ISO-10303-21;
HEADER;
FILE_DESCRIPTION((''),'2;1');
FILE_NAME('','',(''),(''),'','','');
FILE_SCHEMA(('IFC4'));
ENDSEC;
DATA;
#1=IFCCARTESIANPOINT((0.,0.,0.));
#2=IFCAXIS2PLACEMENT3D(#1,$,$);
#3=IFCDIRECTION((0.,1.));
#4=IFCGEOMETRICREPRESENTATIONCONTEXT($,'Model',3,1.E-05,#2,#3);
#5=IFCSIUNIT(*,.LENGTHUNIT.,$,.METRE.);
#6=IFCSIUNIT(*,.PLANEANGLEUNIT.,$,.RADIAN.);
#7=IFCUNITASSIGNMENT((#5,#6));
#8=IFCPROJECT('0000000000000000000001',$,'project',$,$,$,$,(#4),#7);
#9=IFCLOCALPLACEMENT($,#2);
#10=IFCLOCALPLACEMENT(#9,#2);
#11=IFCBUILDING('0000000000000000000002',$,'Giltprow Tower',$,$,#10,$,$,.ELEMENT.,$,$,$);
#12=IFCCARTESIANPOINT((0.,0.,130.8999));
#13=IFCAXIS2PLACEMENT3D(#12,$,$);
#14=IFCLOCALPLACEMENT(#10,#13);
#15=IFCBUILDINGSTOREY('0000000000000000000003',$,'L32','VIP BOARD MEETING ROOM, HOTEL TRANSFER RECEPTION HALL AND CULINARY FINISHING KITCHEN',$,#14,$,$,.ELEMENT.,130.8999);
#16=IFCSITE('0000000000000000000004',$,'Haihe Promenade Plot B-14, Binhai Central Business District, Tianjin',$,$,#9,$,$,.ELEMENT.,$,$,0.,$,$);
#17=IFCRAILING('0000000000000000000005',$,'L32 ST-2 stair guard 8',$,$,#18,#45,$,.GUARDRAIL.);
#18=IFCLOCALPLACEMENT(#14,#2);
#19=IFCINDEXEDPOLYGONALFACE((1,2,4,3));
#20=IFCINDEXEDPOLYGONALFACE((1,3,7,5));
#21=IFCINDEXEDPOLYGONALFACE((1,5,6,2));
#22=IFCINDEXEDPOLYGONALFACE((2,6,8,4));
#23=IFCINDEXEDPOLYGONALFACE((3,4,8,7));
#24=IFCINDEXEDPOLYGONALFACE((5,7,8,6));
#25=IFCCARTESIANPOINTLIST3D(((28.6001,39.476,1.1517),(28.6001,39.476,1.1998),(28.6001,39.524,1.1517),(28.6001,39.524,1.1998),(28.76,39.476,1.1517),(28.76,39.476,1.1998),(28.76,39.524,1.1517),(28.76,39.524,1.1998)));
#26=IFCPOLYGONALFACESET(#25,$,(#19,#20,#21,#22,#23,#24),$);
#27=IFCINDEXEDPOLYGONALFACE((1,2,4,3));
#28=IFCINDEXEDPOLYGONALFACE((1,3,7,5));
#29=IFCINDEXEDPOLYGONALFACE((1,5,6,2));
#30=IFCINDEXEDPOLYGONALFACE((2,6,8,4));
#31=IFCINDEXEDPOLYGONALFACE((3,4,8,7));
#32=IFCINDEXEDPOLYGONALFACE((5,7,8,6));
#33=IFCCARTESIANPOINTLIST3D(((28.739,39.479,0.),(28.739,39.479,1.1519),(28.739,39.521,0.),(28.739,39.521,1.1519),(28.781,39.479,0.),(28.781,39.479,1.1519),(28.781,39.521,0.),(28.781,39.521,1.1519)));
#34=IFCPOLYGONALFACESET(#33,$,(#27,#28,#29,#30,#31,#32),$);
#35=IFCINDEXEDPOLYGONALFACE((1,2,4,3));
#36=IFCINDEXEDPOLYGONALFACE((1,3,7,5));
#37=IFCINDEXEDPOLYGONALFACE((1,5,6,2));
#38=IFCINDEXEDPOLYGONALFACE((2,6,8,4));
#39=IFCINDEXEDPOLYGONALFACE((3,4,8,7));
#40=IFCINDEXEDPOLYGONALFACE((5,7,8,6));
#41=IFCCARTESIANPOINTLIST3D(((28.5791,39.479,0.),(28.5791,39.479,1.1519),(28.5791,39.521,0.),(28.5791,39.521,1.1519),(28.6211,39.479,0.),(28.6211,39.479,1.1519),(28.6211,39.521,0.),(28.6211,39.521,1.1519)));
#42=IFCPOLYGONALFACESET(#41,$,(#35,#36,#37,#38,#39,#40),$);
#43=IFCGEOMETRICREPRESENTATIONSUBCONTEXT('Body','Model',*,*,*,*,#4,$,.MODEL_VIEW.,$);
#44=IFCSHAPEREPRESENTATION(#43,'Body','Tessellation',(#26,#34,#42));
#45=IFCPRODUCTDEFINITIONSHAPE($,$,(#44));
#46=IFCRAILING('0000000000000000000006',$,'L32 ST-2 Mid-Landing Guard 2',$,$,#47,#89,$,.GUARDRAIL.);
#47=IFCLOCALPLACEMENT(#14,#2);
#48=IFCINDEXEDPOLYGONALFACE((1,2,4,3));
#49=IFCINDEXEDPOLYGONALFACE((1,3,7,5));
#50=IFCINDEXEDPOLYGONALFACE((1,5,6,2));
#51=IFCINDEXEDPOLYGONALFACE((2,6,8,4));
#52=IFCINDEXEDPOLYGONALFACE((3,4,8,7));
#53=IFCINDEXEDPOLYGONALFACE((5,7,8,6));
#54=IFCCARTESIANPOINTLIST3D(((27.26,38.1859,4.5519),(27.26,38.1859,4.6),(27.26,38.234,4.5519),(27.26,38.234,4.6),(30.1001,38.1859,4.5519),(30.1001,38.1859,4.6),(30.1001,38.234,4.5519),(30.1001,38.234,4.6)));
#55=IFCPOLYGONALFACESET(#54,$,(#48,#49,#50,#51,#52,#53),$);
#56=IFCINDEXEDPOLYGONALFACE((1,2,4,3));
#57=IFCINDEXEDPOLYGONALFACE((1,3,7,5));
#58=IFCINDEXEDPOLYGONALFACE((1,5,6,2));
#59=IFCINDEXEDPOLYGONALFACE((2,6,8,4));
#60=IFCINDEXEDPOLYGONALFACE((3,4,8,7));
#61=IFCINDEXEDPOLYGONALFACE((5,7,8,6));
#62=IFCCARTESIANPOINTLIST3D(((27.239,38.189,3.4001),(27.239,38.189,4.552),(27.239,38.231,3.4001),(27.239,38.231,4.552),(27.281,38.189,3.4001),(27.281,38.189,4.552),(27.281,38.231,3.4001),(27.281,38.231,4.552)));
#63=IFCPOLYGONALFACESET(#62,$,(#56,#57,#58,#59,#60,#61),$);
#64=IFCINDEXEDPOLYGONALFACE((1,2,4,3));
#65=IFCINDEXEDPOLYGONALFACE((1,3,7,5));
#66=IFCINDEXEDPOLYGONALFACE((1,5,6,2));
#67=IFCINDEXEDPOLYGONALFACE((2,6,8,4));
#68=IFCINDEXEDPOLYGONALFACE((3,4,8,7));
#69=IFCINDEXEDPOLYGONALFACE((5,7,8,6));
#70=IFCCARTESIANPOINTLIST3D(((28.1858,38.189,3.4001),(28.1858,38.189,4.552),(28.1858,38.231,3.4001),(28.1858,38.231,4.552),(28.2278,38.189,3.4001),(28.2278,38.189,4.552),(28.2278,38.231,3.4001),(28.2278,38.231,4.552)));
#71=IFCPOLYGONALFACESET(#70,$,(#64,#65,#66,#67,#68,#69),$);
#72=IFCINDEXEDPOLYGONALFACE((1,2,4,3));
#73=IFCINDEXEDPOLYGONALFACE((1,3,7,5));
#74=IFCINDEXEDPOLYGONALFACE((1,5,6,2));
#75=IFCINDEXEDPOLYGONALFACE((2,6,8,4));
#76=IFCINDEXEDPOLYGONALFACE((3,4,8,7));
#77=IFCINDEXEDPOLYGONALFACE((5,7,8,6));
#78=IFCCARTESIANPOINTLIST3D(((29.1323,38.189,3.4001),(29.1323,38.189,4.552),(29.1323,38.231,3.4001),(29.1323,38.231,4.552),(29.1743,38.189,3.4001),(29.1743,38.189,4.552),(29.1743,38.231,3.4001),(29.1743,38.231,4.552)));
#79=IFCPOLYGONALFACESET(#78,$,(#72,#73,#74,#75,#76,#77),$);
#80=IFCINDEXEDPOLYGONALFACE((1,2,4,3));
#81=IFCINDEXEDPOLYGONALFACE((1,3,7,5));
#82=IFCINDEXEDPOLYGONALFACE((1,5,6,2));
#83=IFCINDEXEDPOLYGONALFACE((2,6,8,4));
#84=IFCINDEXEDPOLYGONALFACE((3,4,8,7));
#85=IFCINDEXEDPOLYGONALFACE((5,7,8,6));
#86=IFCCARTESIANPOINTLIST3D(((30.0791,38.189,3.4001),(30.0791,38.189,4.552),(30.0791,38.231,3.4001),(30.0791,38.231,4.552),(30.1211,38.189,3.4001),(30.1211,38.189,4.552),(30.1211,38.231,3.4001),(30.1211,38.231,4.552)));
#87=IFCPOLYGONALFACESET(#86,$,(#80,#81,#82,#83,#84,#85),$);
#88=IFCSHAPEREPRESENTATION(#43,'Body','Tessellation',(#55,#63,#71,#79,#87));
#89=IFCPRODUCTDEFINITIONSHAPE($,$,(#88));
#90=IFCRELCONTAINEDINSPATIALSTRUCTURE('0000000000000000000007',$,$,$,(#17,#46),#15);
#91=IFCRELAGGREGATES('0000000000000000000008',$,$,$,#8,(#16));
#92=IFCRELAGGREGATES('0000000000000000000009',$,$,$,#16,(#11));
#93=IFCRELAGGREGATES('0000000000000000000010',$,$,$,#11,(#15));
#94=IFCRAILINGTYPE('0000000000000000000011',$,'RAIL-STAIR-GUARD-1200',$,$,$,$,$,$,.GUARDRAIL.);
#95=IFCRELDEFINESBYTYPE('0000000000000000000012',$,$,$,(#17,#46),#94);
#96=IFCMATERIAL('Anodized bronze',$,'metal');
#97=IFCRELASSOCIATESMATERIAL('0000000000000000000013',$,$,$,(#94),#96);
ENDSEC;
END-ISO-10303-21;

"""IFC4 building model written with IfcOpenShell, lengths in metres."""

from ifc_helpers import new_model, si_unit, direction, frame, origin, origin_2d, place, context, subcontext, project, spatial, rectangle, extrude, material, type_object, element, save


model = new_model("IFC4")

# Units and contexts
model_context = context("Model", 3, precision=1e-05, world=origin(), true_north=direction((0.0, 1.0)))
body_context = subcontext(model_context, "Body", "Model", "MODEL_VIEW")
ifc_project = project(units=[si_unit("LENGTHUNIT", "METRE"), si_unit("PLANEANGLEUNIT", "RADIAN")], contexts=[model_context])

# Site, building, storey
site_placement = place(None, origin())
site = spatial("IfcSite", under=ifc_project, at=site_placement, Name="Haihe Promenade Plot B-14, Binhai Central Business District, Tianjin", CompositionType="ELEMENT", RefElevation=0.0)
building_placement = place(site_placement, origin())
building = spatial("IfcBuilding", under=site, at=building_placement, Name="Giltprow Tower", CompositionType="ELEMENT")
storey_placement = place(building_placement, frame((0.0, 0.0, 130.8999)))
storey = spatial("IfcBuildingStorey", under=building, at=storey_placement, Name="L32", Description="VIP BOARD MEETING ROOM, HOTEL TRANSFER RECEPTION HALL AND CULINARY FINISHING KITCHEN", CompositionType="ELEMENT", Elevation=130.8999)

# Railings
ifc_material_1 = material(Name="Anodized bronze", Category="metal")
railing_type = type_object("IfcRailingType", Name="RAIL-STAIR-GUARD-1200", PredefinedType="GUARDRAIL", material=ifc_material_1)
for number, where, name in (
    (1, (28.76, 39.5, 0.0), "L32 ST-2 stair guard 8"),
):
    element("IfcRailing", number, at=place(storey_placement, frame(where)), inside=storey, type_object=railing_type, Name=name, PredefinedType="GUARDRAIL", context=body_context, shape_type="SweptSolid", body=[
        extrude(rectangle(XDim=0.0481, YDim=0.0481, at=origin_2d()), frame((0.0, 0.0, 1.1758), z_axis=(-1.0, 0.0, 0.0), x_axis=(0.0, -1.0, 0.0)), (0.0, 0.0, 1.0), 0.1599),
        extrude(rectangle(XDim=0.042, YDim=0.042, at=origin_2d()), origin(), (0.0, 0.0, 1.0), 1.1519),
        extrude(rectangle(XDim=0.042, YDim=0.042, at=origin_2d()), frame((-0.1599, 0.0, 0.0)), (0.0, 0.0, 1.0), 1.1519),
    ])
railing_1_placement = place(storey_placement, frame((27.26, 38.21, 3.4001)))
element("IfcRailing", 2, at=railing_1_placement, inside=storey, type_object=railing_type, Name="L32 ST-2 Mid-Landing Guard 2", PredefinedType="GUARDRAIL", context=body_context, shape_type="SweptSolid", body=[
    extrude(rectangle(XDim=0.0481, YDim=0.0481, at=origin_2d()), frame((0.0, 0.0, 1.1758), z_axis=(1.0, 0.0, 0.0), x_axis=(0.0, 1.0, 0.0)), (0.0, 0.0, 1.0), 2.8401),
    extrude(rectangle(XDim=0.042, YDim=0.042, at=origin_2d()), origin(), (0.0, 0.0, 1.0), 1.1519),
    extrude(rectangle(XDim=0.042, YDim=0.042, at=origin_2d()), frame((0.9468, 0.0, 0.0)), (0.0, 0.0, 1.0), 1.1519),
    extrude(rectangle(XDim=0.042, YDim=0.042, at=origin_2d()), frame((1.8933, 0.0, 0.0)), (0.0, 0.0, 1.0), 1.1519),
    extrude(rectangle(XDim=0.042, YDim=0.042, at=origin_2d()), frame((2.8401, 0.0, 0.0)), (0.0, 0.0, 1.0), 1.1519),
])

save(model, "model.ifc")
